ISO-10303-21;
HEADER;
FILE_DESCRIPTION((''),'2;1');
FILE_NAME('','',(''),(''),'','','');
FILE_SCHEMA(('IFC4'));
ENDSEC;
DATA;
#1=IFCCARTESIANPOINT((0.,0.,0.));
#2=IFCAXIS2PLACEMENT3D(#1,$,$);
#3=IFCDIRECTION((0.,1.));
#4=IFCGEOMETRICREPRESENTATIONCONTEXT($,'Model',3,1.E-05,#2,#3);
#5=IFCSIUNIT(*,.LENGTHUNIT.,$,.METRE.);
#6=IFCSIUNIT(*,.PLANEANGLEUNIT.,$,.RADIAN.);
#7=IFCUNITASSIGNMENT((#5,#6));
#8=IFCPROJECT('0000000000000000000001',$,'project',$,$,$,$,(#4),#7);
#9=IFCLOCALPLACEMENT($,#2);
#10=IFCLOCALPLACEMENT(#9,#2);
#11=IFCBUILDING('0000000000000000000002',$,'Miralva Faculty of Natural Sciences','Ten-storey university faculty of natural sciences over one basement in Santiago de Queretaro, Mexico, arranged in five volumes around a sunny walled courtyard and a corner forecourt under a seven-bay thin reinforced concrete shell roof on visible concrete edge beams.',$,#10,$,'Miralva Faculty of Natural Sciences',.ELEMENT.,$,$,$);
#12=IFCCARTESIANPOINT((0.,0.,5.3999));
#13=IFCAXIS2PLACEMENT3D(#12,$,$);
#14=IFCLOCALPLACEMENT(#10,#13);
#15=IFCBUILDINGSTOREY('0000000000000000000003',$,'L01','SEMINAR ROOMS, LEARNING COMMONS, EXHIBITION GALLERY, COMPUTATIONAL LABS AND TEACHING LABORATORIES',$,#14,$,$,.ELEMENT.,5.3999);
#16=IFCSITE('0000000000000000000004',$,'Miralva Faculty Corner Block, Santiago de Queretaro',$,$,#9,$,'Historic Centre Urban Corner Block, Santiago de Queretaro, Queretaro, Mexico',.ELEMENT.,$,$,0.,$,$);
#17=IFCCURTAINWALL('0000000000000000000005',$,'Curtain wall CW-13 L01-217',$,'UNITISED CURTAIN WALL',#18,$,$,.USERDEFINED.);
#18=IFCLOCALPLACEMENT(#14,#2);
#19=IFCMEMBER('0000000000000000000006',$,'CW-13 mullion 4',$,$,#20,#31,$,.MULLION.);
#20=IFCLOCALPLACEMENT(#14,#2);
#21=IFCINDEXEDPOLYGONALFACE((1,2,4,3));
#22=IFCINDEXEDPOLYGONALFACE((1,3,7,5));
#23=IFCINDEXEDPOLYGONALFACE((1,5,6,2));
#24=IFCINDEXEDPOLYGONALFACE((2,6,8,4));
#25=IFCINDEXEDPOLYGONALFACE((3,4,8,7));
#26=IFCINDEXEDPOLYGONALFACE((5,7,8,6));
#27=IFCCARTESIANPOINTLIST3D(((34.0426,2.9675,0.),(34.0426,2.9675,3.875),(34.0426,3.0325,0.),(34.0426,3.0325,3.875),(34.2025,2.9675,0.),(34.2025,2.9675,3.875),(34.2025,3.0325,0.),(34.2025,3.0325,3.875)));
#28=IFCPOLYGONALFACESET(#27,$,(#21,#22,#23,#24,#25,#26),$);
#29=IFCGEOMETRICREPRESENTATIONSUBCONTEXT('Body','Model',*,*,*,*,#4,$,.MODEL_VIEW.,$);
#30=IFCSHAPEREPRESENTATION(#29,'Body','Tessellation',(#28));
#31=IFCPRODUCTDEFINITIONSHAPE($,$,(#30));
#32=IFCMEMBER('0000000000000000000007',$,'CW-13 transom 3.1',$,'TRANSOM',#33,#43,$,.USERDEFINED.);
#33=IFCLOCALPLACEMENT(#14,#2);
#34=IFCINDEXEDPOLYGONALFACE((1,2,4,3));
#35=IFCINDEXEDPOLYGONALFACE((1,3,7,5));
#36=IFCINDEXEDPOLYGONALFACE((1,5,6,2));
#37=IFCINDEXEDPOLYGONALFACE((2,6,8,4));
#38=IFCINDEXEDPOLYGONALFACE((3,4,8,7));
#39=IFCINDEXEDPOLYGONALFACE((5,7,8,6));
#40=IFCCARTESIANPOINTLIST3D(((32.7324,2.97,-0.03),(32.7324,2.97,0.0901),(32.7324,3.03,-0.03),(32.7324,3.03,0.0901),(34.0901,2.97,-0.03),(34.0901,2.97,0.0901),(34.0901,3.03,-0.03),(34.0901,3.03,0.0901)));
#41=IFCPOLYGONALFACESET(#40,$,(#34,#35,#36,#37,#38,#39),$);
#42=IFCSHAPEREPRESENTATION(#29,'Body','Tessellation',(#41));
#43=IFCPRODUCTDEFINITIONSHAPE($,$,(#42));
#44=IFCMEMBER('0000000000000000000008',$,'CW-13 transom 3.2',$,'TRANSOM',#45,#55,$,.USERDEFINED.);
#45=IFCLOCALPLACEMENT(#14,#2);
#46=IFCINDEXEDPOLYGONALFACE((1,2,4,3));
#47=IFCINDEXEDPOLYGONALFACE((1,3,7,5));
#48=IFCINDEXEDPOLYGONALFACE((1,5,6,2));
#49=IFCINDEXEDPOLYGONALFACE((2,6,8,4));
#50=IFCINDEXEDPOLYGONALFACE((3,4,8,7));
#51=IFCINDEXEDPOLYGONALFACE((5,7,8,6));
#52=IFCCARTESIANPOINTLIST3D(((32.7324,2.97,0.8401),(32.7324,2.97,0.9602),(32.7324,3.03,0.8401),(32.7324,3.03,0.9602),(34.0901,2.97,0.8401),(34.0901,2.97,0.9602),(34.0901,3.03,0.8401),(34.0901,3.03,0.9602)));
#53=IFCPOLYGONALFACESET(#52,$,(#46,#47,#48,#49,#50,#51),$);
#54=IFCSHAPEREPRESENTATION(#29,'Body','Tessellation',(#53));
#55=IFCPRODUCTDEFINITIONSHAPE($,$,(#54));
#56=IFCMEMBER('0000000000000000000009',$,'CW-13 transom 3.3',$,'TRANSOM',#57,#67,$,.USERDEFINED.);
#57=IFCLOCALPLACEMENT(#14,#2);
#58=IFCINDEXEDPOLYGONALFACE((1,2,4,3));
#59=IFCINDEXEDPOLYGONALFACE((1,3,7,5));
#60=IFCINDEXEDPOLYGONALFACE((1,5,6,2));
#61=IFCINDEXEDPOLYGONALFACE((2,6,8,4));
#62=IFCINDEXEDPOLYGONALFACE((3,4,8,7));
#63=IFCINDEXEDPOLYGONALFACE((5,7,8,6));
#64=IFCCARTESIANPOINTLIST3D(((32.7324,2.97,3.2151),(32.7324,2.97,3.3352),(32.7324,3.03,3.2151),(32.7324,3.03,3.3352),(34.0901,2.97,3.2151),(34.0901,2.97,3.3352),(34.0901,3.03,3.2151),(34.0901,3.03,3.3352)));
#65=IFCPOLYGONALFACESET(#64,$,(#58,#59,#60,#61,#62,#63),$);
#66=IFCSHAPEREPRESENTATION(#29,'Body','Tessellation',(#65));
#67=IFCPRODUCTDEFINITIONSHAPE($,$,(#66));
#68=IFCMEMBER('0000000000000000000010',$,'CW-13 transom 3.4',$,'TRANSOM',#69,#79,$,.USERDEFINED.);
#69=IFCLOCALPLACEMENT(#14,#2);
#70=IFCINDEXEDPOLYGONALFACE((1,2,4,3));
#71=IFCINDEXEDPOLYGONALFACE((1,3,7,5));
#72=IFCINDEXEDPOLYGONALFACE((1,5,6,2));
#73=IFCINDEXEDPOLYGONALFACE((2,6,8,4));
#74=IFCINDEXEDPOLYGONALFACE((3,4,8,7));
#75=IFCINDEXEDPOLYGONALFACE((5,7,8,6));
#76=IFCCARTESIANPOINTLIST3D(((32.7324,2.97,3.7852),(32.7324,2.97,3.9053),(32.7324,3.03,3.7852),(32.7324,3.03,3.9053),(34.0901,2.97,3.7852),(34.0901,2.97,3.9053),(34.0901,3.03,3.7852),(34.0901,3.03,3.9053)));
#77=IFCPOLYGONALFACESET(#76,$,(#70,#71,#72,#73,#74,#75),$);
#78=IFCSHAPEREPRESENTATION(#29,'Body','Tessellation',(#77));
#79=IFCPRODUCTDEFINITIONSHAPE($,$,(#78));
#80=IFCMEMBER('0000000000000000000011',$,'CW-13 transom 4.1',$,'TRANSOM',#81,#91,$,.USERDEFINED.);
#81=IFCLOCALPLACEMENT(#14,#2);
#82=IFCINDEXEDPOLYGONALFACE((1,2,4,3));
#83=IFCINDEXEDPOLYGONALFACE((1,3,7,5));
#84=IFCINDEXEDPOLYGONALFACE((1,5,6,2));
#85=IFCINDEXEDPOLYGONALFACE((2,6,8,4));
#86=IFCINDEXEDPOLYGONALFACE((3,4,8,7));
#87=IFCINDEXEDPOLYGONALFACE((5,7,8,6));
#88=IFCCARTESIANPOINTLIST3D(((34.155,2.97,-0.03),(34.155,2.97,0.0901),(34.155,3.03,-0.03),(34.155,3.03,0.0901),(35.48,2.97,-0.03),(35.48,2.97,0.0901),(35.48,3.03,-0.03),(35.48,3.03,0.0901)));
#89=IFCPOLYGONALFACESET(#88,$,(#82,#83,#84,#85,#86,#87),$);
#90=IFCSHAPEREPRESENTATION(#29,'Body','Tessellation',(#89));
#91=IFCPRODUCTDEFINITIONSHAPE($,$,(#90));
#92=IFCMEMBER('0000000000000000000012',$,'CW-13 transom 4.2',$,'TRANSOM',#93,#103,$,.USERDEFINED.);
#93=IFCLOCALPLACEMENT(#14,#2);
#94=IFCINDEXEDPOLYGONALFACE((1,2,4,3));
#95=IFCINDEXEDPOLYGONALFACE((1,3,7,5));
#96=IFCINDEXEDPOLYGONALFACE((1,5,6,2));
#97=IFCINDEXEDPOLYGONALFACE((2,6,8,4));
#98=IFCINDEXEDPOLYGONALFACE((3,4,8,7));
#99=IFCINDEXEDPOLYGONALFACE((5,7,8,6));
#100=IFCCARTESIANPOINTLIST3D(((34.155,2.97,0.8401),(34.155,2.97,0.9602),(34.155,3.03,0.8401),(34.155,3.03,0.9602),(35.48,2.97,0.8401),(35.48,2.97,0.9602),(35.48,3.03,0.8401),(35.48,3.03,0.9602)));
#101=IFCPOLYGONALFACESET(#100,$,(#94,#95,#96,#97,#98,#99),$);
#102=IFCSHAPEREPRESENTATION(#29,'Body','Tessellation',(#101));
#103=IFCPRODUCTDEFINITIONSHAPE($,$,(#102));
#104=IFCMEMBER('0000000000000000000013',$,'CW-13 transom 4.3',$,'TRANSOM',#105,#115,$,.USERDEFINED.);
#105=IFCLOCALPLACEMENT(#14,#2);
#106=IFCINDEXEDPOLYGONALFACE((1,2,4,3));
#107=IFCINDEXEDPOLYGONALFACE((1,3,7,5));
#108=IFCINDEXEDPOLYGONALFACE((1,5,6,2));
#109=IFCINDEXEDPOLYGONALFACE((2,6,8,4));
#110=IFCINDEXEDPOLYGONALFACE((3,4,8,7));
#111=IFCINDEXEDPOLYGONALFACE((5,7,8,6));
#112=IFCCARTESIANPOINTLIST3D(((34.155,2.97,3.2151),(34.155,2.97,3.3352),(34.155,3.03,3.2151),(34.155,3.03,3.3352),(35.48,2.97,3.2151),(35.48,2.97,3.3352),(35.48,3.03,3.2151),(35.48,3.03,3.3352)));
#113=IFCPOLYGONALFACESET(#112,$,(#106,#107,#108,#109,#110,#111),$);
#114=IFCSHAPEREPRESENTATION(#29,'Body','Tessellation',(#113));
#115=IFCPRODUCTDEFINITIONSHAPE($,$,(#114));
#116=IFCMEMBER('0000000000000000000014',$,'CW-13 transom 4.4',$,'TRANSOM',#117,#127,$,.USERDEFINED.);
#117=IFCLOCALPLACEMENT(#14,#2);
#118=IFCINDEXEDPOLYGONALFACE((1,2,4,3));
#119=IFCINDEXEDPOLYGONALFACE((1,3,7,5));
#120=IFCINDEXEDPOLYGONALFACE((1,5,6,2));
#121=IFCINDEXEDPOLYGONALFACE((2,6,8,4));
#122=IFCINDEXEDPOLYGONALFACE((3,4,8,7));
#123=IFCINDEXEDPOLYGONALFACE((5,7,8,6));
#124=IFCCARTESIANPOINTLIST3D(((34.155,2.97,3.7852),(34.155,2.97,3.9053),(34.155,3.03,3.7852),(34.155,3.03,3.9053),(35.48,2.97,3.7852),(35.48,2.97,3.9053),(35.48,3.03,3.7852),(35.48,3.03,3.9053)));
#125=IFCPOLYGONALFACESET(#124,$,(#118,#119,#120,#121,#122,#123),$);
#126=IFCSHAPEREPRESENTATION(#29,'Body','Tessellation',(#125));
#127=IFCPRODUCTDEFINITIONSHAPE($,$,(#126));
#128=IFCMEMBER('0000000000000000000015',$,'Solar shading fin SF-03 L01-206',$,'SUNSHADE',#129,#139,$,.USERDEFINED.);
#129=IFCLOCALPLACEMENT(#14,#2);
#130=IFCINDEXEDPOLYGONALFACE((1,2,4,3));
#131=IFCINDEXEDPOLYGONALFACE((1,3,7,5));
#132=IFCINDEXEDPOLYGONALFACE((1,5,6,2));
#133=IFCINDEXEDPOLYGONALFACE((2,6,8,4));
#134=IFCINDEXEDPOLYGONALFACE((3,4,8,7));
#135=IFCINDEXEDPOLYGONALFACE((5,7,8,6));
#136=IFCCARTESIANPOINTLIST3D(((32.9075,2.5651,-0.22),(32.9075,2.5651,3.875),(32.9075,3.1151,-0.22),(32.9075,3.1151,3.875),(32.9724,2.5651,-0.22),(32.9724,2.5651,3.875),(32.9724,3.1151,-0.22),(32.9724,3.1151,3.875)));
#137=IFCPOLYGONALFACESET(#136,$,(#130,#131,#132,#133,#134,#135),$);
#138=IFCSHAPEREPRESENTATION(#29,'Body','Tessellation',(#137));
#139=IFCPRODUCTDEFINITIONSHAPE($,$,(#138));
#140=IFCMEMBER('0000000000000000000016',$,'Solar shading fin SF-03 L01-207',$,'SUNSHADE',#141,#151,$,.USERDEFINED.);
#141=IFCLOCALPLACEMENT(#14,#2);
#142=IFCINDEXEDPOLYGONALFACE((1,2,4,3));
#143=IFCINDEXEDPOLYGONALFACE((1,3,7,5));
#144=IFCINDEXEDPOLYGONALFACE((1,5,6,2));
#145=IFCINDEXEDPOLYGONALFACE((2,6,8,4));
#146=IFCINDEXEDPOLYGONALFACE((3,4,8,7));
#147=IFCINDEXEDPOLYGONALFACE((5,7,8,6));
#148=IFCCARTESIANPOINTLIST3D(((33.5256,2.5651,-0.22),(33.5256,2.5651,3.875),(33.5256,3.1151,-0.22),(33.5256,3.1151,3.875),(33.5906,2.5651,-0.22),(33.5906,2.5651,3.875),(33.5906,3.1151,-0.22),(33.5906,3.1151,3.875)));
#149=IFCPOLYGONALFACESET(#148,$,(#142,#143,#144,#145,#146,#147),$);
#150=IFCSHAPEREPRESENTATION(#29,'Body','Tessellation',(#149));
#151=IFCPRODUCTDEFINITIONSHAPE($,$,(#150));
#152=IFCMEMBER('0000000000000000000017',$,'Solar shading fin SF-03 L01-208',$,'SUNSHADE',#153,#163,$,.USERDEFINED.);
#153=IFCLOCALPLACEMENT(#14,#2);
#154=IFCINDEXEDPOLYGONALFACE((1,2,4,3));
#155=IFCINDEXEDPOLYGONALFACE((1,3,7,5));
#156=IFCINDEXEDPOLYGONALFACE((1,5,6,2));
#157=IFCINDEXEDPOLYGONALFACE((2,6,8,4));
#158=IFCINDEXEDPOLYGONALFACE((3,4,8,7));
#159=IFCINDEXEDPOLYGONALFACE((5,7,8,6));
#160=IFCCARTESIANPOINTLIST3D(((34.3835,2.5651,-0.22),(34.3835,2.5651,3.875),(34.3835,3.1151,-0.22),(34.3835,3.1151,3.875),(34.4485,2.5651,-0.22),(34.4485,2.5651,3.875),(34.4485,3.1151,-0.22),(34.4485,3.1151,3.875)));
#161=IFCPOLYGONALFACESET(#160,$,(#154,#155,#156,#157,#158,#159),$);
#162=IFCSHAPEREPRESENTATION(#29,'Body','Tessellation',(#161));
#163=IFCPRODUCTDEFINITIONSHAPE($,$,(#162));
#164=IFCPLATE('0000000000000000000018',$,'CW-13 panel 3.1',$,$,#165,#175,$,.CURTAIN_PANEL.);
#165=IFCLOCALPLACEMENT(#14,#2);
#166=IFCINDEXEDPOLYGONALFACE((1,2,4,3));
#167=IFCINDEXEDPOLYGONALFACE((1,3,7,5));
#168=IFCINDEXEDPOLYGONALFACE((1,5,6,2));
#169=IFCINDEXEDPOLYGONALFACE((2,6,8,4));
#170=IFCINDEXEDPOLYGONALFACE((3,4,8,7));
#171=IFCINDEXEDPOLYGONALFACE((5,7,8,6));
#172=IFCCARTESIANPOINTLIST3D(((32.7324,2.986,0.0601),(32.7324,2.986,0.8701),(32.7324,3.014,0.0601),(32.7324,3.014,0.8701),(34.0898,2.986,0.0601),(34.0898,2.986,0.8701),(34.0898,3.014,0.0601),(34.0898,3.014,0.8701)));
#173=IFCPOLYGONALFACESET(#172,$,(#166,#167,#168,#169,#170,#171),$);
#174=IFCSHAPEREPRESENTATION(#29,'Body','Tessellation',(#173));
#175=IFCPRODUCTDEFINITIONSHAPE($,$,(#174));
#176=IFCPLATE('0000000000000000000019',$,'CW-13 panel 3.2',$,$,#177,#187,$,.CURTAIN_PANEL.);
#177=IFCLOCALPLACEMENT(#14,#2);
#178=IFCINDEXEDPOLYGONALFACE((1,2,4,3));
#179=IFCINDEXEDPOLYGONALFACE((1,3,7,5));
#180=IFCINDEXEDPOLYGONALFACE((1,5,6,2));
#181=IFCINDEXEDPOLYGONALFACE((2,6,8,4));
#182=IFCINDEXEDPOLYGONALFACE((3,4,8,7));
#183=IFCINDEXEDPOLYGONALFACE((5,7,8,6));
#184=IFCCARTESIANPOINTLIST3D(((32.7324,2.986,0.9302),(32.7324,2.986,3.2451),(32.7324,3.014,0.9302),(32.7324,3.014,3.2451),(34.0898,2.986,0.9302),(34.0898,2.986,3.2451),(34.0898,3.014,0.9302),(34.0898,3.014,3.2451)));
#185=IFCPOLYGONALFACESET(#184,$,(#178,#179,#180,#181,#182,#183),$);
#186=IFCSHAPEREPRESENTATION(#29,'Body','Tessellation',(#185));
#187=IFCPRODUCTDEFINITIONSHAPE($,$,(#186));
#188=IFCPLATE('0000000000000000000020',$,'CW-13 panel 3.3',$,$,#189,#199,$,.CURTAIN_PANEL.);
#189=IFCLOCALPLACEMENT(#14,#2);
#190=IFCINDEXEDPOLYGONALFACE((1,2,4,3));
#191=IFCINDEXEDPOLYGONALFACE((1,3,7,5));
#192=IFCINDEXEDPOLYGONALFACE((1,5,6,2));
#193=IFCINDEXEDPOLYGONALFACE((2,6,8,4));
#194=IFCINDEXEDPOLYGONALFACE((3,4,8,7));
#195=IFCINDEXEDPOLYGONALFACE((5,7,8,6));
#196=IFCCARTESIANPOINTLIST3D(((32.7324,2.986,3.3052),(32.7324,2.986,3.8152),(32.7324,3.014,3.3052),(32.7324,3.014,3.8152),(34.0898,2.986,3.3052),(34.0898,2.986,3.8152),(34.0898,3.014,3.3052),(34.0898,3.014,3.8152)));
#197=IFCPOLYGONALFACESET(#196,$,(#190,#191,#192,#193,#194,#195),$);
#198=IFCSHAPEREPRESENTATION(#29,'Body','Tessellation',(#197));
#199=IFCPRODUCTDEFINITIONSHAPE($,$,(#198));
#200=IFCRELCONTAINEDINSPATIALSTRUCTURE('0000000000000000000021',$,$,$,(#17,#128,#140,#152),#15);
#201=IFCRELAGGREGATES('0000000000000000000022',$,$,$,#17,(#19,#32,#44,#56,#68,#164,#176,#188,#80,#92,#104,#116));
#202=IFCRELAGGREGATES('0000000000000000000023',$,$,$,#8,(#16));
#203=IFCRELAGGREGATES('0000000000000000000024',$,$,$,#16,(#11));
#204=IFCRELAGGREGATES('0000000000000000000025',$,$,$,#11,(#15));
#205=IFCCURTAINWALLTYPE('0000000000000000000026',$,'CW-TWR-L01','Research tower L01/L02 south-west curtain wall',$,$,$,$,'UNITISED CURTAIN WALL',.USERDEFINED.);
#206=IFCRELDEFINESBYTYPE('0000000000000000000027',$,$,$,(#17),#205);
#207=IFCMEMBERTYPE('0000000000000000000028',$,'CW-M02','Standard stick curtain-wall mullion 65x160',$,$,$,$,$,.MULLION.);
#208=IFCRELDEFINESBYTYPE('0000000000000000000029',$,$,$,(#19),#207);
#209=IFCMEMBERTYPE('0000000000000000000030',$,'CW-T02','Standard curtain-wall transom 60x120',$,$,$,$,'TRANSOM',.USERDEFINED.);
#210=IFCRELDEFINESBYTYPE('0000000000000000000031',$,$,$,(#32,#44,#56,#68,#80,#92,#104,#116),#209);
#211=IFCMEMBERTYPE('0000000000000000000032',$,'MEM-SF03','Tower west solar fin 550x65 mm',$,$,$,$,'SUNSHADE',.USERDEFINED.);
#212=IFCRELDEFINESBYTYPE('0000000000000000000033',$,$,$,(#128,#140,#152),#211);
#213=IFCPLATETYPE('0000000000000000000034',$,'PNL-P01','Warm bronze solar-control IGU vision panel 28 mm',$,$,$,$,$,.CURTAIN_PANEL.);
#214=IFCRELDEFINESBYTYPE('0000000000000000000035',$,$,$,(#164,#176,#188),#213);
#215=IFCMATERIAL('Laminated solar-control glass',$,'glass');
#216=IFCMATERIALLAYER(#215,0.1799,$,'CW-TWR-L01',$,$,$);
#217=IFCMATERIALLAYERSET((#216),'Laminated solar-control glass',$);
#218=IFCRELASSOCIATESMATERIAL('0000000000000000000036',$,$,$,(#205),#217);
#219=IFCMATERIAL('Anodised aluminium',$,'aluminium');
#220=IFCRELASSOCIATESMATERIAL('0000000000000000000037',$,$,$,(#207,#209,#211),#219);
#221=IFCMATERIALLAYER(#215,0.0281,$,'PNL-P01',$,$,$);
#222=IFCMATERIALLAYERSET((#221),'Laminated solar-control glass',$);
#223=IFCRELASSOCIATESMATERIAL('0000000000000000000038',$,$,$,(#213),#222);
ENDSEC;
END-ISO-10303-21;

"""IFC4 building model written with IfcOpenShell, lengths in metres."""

from ifc_helpers import new_model, si_unit, direction, frame, origin, origin_2d, place, context, subcontext, project, spatial, rectangle, extrude, material, layer, layer_set, material_profile, profile_set, type_object, element, aggregate, save


model = new_model("IFC4")

# Units and contexts
model_context = context("Model", 3, precision=1e-05, world=origin(), true_north=direction((0.0, 1.0)))
body_context = subcontext(model_context, "Body", "Model", "MODEL_VIEW")
ifc_project = project(units=[si_unit("LENGTHUNIT", "METRE"), si_unit("PLANEANGLEUNIT", "RADIAN")], contexts=[model_context])

# Site, building, storey
site_placement = place(None, origin())
site = spatial("IfcSite", under=ifc_project, at=site_placement, Name="Miralva Faculty Corner Block, Santiago de Queretaro", LongName="Historic Centre Urban Corner Block, Santiago de Queretaro, Queretaro, Mexico", CompositionType="ELEMENT", RefElevation=0.0)
building_placement = place(site_placement, origin())
building = spatial("IfcBuilding", under=site, at=building_placement, Name="Miralva Faculty of Natural Sciences", Description="Ten-storey university faculty of natural sciences over one basement in Santiago de Queretaro, Mexico, arranged in five volumes around a sunny walled courtyard and a corner forecourt under a seven-bay thin reinforced concrete shell roof on visible concrete edge beams.", LongName="Miralva Faculty of Natural Sciences", CompositionType="ELEMENT")
storey_placement = place(building_placement, frame((0.0, 0.0, 5.3999)))
storey = spatial("IfcBuildingStorey", under=building, at=storey_placement, Name="L01", Description="SEMINAR ROOMS, LEARNING COMMONS, EXHIBITION GALLERY, COMPUTATIONAL LABS AND TEACHING LABORATORIES", CompositionType="ELEMENT", Elevation=5.3999)

# Curtain wall, members
ifc_material_1 = material(Name="Laminated solar-control glass", Category="glass")
ifc_layer_1 = layer(ifc_material_1, 0.1799, Name="CW-TWR-L01")
ifc_layer_set_1 = layer_set([ifc_layer_1], Name="Laminated solar-control glass")
curtain_wall_type = type_object("IfcCurtainWallType", Name="CW-TWR-L01", Description="Research tower L01/L02 south-west curtain wall", ElementType="UNITISED CURTAIN WALL", PredefinedType="USERDEFINED", material=ifc_layer_set_1)
curtain_wall_placement = place(storey_placement, origin())
curtain_wall = element("IfcCurtainWall", 1, at=curtain_wall_placement, inside=storey, type_object=curtain_wall_type, Name="Curtain wall CW-13 L01-217", ObjectType="UNITISED CURTAIN WALL", PredefinedType="USERDEFINED")
ifc_material_2 = material(Name="Anodised aluminium", Category="aluminium")
ifc_material_profile_1 = material_profile(ifc_material_2, rectangle(XDim=0.0649, YDim=0.1599, at=origin_2d()), Name="MULLION 65x160")
ifc_profile_set_1 = profile_set([ifc_material_profile_1], Name="Anodised aluminium")
member_type_1 = type_object("IfcMemberType", Name="CW-M02", Description="Standard stick curtain-wall mullion 65x160", PredefinedType="MULLION", material=ifc_profile_set_1)
member_1_placement = place(storey_placement, frame((34.1226, 3.0, 0.0), z_axis=(0.0, 0.0, 1.0), x_axis=(0.0, 1.0, 0.0)))
member_1 = element("IfcMember", 2, at=member_1_placement, type_object=member_type_1, Name="CW-13 mullion 4", PredefinedType="MULLION", context=body_context, shape_type="SweptSolid", body=[
    extrude(rectangle(XDim=0.0649, YDim=0.1599, at=origin_2d()), origin(), (0.0, 0.0, 1.0), 3.875),
])
ifc_material_profile_2 = material_profile(ifc_material_2, rectangle(XDim=0.0601, YDim=0.1201, at=origin_2d()), Name="TRANSOM 60x120")
ifc_profile_set_2 = profile_set([ifc_material_profile_2], Name="Anodised aluminium")
member_type_2 = type_object("IfcMemberType", Name="CW-T02", Description="Standard curtain-wall transom 60x120", ElementType="TRANSOM", PredefinedType="USERDEFINED", material=ifc_profile_set_2)
member_2_placement = place(storey_placement, frame((32.7324, 3.0, 0.03), z_axis=(1.0, 0.0, 0.0), x_axis=(0.0, 1.0, 0.0)))
member_2 = element("IfcMember", 3, at=member_2_placement, type_object=member_type_2, Name="CW-13 transom 3.1", ObjectType="TRANSOM", PredefinedType="USERDEFINED", context=body_context, shape_type="SweptSolid", body=[
    extrude(rectangle(XDim=0.0601, YDim=0.1201, at=origin_2d()), origin(), (0.0, 0.0, 1.0), 1.3577),
])
member_3_placement = place(storey_placement, frame((32.7324, 3.0, 0.9001), z_axis=(1.0, 0.0, 0.0), x_axis=(0.0, 1.0, 0.0)))
member_3 = element("IfcMember", 4, at=member_3_placement, type_object=member_type_2, Name="CW-13 transom 3.2", ObjectType="TRANSOM", PredefinedType="USERDEFINED", context=body_context, shape_type="SweptSolid", body=[
    extrude(rectangle(XDim=0.0601, YDim=0.1201, at=origin_2d()), origin(), (0.0, 0.0, 1.0), 1.3577),
])
member_4_placement = place(storey_placement, frame((32.7324, 3.0, 3.2751), z_axis=(1.0, 0.0, 0.0), x_axis=(0.0, 1.0, 0.0)))
member_4 = element("IfcMember", 5, at=member_4_placement, type_object=member_type_2, Name="CW-13 transom 3.3", ObjectType="TRANSOM", PredefinedType="USERDEFINED", context=body_context, shape_type="SweptSolid", body=[
    extrude(rectangle(XDim=0.0601, YDim=0.1201, at=origin_2d()), origin(), (0.0, 0.0, 1.0), 1.3577),
])
member_5_placement = place(storey_placement, frame((32.7324, 3.0, 3.8452), z_axis=(1.0, 0.0, 0.0), x_axis=(0.0, 1.0, 0.0)))
member_5 = element("IfcMember", 6, at=member_5_placement, type_object=member_type_2, Name="CW-13 transom 3.4", ObjectType="TRANSOM", PredefinedType="USERDEFINED", context=body_context, shape_type="SweptSolid", body=[
    extrude(rectangle(XDim=0.0601, YDim=0.1201, at=origin_2d()), origin(), (0.0, 0.0, 1.0), 1.3577),
])
member_6_placement = place(storey_placement, frame((34.155, 3.0, 0.03), z_axis=(1.0, 0.0, 0.0), x_axis=(0.0, 1.0, 0.0)))
member_6 = element("IfcMember", 7, at=member_6_placement, type_object=member_type_2, Name="CW-13 transom 4.1", ObjectType="TRANSOM", PredefinedType="USERDEFINED", context=body_context, shape_type="SweptSolid", body=[
    extrude(rectangle(XDim=0.0601, YDim=0.1201, at=origin_2d()), origin(), (0.0, 0.0, 1.0), 1.325),
])
member_7_placement = place(storey_placement, frame((34.155, 3.0, 0.9001), z_axis=(1.0, 0.0, 0.0), x_axis=(0.0, 1.0, 0.0)))
member_7 = element("IfcMember", 8, at=member_7_placement, type_object=member_type_2, Name="CW-13 transom 4.2", ObjectType="TRANSOM", PredefinedType="USERDEFINED", context=body_context, shape_type="SweptSolid", body=[
    extrude(rectangle(XDim=0.0601, YDim=0.1201, at=origin_2d()), origin(), (0.0, 0.0, 1.0), 1.325),
])
member_8_placement = place(storey_placement, frame((34.155, 3.0, 3.2751), z_axis=(1.0, 0.0, 0.0), x_axis=(0.0, 1.0, 0.0)))
member_8 = element("IfcMember", 9, at=member_8_placement, type_object=member_type_2, Name="CW-13 transom 4.3", ObjectType="TRANSOM", PredefinedType="USERDEFINED", context=body_context, shape_type="SweptSolid", body=[
    extrude(rectangle(XDim=0.0601, YDim=0.1201, at=origin_2d()), origin(), (0.0, 0.0, 1.0), 1.325),
])
member_9_placement = place(storey_placement, frame((34.155, 3.0, 3.8452), z_axis=(1.0, 0.0, 0.0), x_axis=(0.0, 1.0, 0.0)))
member_9 = element("IfcMember", 10, at=member_9_placement, type_object=member_type_2, Name="CW-13 transom 4.4", ObjectType="TRANSOM", PredefinedType="USERDEFINED", context=body_context, shape_type="SweptSolid", body=[
    extrude(rectangle(XDim=0.0601, YDim=0.1201, at=origin_2d()), origin(), (0.0, 0.0, 1.0), 1.325),
])

# Members
ifc_material_profile_3 = material_profile(ifc_material_2, rectangle(XDim=0.0649, YDim=0.55, at=origin_2d()), Name="FIN 550x65")
ifc_profile_set_3 = profile_set([ifc_material_profile_3], Name="Anodised aluminium")
member_type_3 = type_object("IfcMemberType", Name="MEM-SF03", Description="Tower west solar fin 550x65 mm", ElementType="SUNSHADE", PredefinedType="USERDEFINED", material=ifc_profile_set_3)
for number, where, z_axis, x_axis, name in (
    (11, (32.9399, 2.8401, -0.22), (0.0, 0.0, 1.0), (1.0, 0.0, 0.0), "Solar shading fin SF-03 L01-206"),
    (12, (33.5581, 2.8401, -0.22), (0.0, 0.0, 1.0), (1.0, 0.0, 0.0), "Solar shading fin SF-03 L01-207"),
    (13, (34.416, 2.8401, -0.22), (0.0, 0.0, 1.0), (1.0, 0.0, 0.0), "Solar shading fin SF-03 L01-208"),
):
    element("IfcMember", number, at=place(storey_placement, frame(where, z_axis=z_axis, x_axis=x_axis)), inside=storey, type_object=member_type_3, Name=name, ObjectType="SUNSHADE", PredefinedType="USERDEFINED", context=body_context, shape_type="SweptSolid", body=[
        extrude(rectangle(XDim=0.0649, YDim=0.55, at=origin_2d()), origin(), (0.0, 0.0, 1.0), 4.095),
    ])

# Plates
ifc_layer_2 = layer(ifc_material_1, 0.0281, Name="PNL-P01")
ifc_layer_set_2 = layer_set([ifc_layer_2], Name="Laminated solar-control glass")
plate_type = type_object("IfcPlateType", Name="PNL-P01", Description="Warm bronze solar-control IGU vision panel 28 mm", PredefinedType="CURTAIN_PANEL", material=ifc_layer_set_2)
plate_1_placement = place(storey_placement, frame((33.4111, 3.0, 0.0601), z_axis=(0.0, 0.0, 1.0), x_axis=(1.0, 0.0, 0.0)))
plate_1 = element("IfcPlate", 14, at=plate_1_placement, type_object=plate_type, Name="CW-13 panel 3.1", PredefinedType="CURTAIN_PANEL", context=body_context, shape_type="SweptSolid", body=[
    extrude(rectangle(XDim=1.3574, YDim=0.0281, at=origin_2d()), origin(), (0.0, 0.0, 1.0), 0.8101),
])
plate_2_placement = place(storey_placement, frame((33.4111, 3.0, 0.9302), z_axis=(0.0, 0.0, 1.0), x_axis=(1.0, 0.0, 0.0)))
plate_2 = element("IfcPlate", 15, at=plate_2_placement, type_object=plate_type, Name="CW-13 panel 3.2", PredefinedType="CURTAIN_PANEL", context=body_context, shape_type="SweptSolid", body=[
    extrude(rectangle(XDim=1.3574, YDim=0.0281, at=origin_2d()), origin(), (0.0, 0.0, 1.0), 2.3149),
])
plate_3_placement = place(storey_placement, frame((33.4111, 3.0, 3.3052), z_axis=(0.0, 0.0, 1.0), x_axis=(1.0, 0.0, 0.0)))
plate_3 = element("IfcPlate", 16, at=plate_3_placement, type_object=plate_type, Name="CW-13 panel 3.3", PredefinedType="CURTAIN_PANEL", context=body_context, shape_type="SweptSolid", body=[
    extrude(rectangle(XDim=1.3574, YDim=0.0281, at=origin_2d()), origin(), (0.0, 0.0, 1.0), 0.51),
])
aggregate(curtain_wall, [member_1, member_2, member_3, member_4, member_5, plate_1, plate_2, plate_3, member_6, member_7, member_8, member_9])

save(model, "model.ifc")
